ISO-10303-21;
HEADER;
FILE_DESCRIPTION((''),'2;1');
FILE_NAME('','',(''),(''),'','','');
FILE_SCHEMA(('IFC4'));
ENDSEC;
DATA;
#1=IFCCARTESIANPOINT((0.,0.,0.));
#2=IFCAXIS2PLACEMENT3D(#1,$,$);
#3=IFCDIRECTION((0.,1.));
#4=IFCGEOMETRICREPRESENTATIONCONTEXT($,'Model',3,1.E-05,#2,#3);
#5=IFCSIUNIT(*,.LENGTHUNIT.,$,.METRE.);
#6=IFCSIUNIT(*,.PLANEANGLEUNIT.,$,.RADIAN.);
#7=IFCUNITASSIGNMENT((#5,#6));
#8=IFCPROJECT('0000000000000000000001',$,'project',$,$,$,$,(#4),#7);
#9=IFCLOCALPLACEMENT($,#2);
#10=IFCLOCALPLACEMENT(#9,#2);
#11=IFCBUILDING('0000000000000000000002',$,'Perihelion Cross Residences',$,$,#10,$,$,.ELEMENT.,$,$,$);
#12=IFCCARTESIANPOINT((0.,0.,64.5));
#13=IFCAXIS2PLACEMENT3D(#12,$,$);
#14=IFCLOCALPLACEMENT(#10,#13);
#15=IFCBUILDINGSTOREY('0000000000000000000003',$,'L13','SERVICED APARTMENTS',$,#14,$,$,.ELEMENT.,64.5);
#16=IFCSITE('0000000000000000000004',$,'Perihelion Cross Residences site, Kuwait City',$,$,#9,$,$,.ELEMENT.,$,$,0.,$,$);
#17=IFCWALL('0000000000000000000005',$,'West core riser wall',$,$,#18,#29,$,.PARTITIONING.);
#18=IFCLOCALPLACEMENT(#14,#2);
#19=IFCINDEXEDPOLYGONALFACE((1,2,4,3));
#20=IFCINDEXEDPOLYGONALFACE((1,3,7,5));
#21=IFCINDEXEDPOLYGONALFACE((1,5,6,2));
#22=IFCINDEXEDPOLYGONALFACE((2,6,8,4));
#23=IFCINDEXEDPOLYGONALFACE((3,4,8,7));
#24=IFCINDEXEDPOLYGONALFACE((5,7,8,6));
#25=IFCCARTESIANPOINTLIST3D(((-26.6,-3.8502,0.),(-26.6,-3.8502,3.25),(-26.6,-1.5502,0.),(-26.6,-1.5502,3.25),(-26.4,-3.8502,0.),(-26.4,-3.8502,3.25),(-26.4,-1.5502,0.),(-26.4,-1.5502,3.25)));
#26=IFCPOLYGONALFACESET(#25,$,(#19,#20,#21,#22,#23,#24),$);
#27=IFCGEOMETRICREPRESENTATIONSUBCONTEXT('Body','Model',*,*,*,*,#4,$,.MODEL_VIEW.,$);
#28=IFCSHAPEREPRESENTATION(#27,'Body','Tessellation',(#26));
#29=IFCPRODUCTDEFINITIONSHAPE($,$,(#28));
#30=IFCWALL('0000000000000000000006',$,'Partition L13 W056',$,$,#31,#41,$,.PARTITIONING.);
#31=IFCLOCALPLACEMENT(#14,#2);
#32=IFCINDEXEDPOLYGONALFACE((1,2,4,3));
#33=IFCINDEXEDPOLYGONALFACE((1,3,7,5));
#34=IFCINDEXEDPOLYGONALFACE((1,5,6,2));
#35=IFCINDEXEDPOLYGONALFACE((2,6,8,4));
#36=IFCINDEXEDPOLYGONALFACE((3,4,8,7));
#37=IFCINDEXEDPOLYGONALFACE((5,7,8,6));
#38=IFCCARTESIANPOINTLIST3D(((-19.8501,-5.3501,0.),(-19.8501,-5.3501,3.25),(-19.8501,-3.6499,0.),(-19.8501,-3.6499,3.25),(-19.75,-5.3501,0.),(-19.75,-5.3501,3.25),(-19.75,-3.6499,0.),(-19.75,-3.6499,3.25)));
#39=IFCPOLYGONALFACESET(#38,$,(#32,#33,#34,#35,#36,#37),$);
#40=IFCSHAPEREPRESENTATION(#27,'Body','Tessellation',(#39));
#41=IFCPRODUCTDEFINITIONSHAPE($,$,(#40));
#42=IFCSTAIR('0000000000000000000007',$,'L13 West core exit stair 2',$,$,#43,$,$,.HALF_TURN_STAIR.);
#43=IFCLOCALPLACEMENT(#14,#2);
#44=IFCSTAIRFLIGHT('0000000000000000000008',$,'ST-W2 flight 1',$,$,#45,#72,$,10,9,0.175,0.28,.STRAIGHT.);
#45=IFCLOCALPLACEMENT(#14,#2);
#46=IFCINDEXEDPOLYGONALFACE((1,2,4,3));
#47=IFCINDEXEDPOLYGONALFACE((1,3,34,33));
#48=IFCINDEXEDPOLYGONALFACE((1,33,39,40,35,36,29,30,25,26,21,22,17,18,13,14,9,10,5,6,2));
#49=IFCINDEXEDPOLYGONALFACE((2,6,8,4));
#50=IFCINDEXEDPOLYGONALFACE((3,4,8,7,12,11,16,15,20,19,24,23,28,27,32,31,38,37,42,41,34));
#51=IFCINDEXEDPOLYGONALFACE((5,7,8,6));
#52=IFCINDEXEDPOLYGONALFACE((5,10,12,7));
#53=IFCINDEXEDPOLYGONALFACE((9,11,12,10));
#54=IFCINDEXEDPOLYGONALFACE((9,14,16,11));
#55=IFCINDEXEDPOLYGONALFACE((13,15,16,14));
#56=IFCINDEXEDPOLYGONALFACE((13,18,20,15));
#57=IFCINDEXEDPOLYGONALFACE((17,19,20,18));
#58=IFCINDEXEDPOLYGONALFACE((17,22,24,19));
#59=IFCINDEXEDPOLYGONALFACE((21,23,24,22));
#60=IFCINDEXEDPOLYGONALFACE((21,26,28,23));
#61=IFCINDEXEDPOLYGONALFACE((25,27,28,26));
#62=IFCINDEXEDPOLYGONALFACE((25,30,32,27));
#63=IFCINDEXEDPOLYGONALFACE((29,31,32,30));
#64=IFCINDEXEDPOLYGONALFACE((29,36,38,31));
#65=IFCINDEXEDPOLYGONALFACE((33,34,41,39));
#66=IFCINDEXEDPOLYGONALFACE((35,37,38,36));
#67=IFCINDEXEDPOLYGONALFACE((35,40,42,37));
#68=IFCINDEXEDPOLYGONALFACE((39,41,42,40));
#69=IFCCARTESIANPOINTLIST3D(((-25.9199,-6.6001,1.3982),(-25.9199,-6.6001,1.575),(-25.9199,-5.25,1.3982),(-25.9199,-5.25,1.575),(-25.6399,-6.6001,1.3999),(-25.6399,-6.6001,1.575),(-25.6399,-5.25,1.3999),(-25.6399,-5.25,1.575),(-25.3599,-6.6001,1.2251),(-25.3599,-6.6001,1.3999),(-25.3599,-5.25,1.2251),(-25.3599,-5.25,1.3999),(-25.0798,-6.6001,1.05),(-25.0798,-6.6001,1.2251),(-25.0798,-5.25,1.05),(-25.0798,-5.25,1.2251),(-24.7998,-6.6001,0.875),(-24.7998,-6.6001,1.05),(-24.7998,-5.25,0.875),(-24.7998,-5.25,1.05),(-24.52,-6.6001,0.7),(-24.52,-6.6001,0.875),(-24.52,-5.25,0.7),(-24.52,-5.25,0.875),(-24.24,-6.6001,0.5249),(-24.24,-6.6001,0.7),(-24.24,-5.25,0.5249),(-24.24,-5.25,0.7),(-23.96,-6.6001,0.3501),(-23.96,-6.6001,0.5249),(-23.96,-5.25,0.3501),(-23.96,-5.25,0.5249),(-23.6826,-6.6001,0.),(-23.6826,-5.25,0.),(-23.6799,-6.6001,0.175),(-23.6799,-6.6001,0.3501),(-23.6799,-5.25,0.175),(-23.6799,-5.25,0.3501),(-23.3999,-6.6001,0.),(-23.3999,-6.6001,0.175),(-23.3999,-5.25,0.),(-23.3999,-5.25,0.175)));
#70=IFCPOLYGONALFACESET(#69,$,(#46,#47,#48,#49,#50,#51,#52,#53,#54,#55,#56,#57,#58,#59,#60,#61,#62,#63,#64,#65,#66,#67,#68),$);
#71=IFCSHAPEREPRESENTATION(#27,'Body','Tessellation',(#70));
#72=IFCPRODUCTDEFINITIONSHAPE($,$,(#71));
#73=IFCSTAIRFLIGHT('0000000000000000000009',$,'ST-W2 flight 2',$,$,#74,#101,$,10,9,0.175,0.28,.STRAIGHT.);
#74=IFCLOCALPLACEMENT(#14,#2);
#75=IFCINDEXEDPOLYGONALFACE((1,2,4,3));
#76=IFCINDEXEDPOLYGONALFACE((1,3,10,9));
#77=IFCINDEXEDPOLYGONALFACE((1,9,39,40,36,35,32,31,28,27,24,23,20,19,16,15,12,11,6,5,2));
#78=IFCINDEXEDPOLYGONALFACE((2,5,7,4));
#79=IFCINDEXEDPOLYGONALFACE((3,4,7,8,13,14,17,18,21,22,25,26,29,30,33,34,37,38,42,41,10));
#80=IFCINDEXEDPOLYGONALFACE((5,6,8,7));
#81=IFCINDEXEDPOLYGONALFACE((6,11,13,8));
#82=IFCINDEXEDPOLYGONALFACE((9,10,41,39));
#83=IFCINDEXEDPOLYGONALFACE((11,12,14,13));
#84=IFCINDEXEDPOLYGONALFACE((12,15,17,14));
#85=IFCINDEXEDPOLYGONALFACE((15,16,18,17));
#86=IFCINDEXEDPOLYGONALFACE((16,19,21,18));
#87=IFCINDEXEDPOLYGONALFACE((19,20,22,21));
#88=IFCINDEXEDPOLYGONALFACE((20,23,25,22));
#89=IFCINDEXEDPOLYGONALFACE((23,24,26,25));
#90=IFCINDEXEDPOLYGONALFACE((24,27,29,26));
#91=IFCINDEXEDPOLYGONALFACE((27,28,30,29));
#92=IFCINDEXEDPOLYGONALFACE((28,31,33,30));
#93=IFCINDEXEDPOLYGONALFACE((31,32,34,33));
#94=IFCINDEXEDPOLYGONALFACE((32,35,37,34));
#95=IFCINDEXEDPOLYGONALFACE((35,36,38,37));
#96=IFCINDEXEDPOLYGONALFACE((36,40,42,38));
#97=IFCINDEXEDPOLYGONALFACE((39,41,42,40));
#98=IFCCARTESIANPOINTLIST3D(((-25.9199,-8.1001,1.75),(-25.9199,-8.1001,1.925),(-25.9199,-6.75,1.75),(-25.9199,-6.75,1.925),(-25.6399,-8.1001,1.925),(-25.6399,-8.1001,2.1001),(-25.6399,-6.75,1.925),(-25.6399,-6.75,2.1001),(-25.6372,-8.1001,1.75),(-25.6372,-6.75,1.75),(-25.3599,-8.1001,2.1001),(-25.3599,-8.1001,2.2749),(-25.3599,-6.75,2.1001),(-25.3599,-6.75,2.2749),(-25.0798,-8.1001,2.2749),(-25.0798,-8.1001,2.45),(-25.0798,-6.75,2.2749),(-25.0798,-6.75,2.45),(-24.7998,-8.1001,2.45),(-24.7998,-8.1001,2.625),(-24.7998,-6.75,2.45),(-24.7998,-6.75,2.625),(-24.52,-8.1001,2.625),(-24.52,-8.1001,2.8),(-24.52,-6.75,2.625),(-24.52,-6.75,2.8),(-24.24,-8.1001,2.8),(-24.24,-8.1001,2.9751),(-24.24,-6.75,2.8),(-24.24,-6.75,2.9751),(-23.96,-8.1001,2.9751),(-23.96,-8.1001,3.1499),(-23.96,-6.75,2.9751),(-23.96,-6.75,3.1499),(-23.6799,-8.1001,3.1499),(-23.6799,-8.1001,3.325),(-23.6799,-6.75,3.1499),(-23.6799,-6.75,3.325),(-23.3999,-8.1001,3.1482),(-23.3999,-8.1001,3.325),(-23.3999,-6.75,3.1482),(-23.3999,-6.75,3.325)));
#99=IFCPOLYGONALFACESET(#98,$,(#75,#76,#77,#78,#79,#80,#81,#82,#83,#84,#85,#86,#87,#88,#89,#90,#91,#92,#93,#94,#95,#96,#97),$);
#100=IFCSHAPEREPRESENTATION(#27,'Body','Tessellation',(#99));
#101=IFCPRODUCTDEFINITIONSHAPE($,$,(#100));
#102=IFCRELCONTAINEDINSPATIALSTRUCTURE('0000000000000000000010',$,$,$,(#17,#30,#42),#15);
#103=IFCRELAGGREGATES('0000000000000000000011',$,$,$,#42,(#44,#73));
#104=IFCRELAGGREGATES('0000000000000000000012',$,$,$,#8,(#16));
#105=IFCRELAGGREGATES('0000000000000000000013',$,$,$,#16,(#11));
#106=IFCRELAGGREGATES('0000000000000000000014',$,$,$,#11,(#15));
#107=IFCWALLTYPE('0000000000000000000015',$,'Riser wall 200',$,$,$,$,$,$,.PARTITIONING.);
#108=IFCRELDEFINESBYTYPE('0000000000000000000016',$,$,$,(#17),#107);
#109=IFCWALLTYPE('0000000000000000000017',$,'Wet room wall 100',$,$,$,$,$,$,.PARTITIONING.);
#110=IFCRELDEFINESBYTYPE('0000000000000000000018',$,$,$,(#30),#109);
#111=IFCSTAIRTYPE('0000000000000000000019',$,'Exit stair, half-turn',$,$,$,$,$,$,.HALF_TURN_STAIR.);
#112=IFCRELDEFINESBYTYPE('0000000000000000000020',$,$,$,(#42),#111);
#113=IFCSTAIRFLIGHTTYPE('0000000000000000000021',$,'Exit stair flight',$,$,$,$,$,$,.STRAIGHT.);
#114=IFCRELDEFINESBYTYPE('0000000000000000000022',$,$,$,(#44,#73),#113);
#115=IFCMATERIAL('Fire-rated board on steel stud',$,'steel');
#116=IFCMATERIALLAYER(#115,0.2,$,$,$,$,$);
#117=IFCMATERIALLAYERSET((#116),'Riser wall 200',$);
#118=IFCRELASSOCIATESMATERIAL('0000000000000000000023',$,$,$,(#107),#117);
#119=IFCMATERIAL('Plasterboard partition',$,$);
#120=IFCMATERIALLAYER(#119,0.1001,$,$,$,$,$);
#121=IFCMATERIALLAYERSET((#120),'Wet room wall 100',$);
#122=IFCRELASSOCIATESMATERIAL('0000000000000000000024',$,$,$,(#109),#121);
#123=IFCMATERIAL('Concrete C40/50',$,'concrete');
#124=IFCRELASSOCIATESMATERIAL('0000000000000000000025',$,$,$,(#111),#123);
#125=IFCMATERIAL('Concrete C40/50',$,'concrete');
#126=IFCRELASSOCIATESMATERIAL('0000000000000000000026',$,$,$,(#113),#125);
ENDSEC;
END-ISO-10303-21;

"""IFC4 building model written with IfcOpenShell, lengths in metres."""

from ifc_helpers import new_model, si_unit, direction, frame, frame_2d, origin, place, context, subcontext, project, spatial, polyline, rectangle, outline, extrude, material, layer, layer_set, type_object, element, aggregate, save


model = new_model("IFC4")

# Units and contexts
model_context = context("Model", 3, precision=1e-05, world=origin(), true_north=direction((0.0, 1.0)))
body_context = subcontext(model_context, "Body", "Model", "MODEL_VIEW")
ifc_project = project(units=[si_unit("LENGTHUNIT", "METRE"), si_unit("PLANEANGLEUNIT", "RADIAN")], contexts=[model_context])

# Site, building, storey
site_placement = place(None, origin())
site = spatial("IfcSite", under=ifc_project, at=site_placement, Name="Perihelion Cross Residences site, Kuwait City", CompositionType="ELEMENT", RefElevation=0.0)
building_placement = place(site_placement, origin())
building = spatial("IfcBuilding", under=site, at=building_placement, Name="Perihelion Cross Residences", CompositionType="ELEMENT")
storey_placement = place(building_placement, frame((0.0, 0.0, 64.5)))
storey = spatial("IfcBuildingStorey", under=building, at=storey_placement, Name="L13", Description="SERVICED APARTMENTS", CompositionType="ELEMENT", Elevation=64.5)

# Walls
ifc_material_1 = material(Name="Fire-rated board on steel stud", Category="steel")
ifc_layer_1 = layer(ifc_material_1, 0.2)
ifc_layer_set_1 = layer_set([ifc_layer_1], Name="Riser wall 200")
wall_type_1 = type_object("IfcWallType", Name="Riser wall 200", PredefinedType="PARTITIONING", material=ifc_layer_set_1)
wall_1_placement = place(storey_placement, frame((-26.5, -3.8501, 0.0), z_axis=(0.0, 0.0, 1.0), x_axis=(0.0, 1.0, 0.0)))
element("IfcWall", 1, at=wall_1_placement, inside=storey, type_object=wall_type_1, Name="West core riser wall", PredefinedType="PARTITIONING", context=body_context, shape_type="SweptSolid", body=[
    extrude(rectangle(XDim=2.3, YDim=0.2, at=frame_2d((1.1499, 0.0))), origin(), (0.0, 0.0, 1.0), 3.25),
])
ifc_material_2 = material(Name="Plasterboard partition")
ifc_layer_2 = layer(ifc_material_2, 0.1001)
ifc_layer_set_2 = layer_set([ifc_layer_2], Name="Wet room wall 100")
wall_type_2 = type_object("IfcWallType", Name="Wet room wall 100", PredefinedType="PARTITIONING", material=ifc_layer_set_2)
wall_2_placement = place(storey_placement, frame((-19.8, -5.3501, 0.0), z_axis=(0.0, 0.0, 1.0), x_axis=(0.0, 1.0, 0.0)))
element("IfcWall", 2, at=wall_2_placement, inside=storey, type_object=wall_type_2, Name="Partition L13 W056", PredefinedType="PARTITIONING", context=body_context, shape_type="SweptSolid", body=[
    extrude(rectangle(XDim=1.7002, YDim=0.1001, at=frame_2d((0.8501, 0.0))), origin(), (0.0, 0.0, 1.0), 3.25),
])

# Stair, stair flights
ifc_material_3 = material(Name="Concrete C40/50", Category="concrete")
stair_type = type_object("IfcStairType", Name="Exit stair, half-turn", PredefinedType="HALF_TURN_STAIR", material=ifc_material_3)
stair_placement = place(storey_placement, origin())
stair = element("IfcStair", 3, at=stair_placement, inside=storey, type_object=stair_type, Name="L13 West core exit stair 2", PredefinedType="HALF_TURN_STAIR")
ifc_material_4 = material(Name="Concrete C40/50", Category="concrete")
stair_flight_type = type_object("IfcStairFlightType", Name="Exit stair flight", PredefinedType="STRAIGHT", material=ifc_material_4)
stair_flight_1_placement = place(storey_placement, frame((-23.3999, -5.925, 0.0), z_axis=(0.0, 0.0, 1.0), x_axis=(-1.0, 0.0, 0.0)))
stair_flight_1 = element("IfcStairFlight", 4, at=stair_flight_1_placement, type_object=stair_flight_type, Name="ST-W2 flight 1", NumberOfRisers=10, NumberOfTreads=9, PredefinedType="STRAIGHT", RiserHeight=0.175, TreadLength=0.28, context=body_context, shape_type="SweptSolid", body=[
    extrude(outline(polyline([(0.0, 0.0), (0.0, 0.175), (0.28, 0.175), (0.28, 0.3501), (0.5601, 0.3501), (0.5601, 0.5249), (0.8401, 0.5249), (0.8401, 0.7), (1.1201, 0.7), (1.1201, 0.875), (1.3999, 0.875), (1.3999, 1.05), (1.6799, 1.05), (1.6799, 1.2251), (1.96, 1.2251), (1.96, 1.3999), (2.24, 1.3999), (2.24, 1.575), (2.52, 1.575), (2.52, 1.75), (2.52, 1.3982), (0.2827, 0.0), (0.0, 0.0)])), frame((0.0, 0.675, 0.0), z_axis=(0.0, -1.0, 0.0), x_axis=(1.0, 0.0, 0.0)), (0.0, 0.0, 1.0), 1.3501),
])
stair_flight_2_placement = place(storey_placement, frame((-25.9199, -7.425, 1.75), z_axis=(0.0, 0.0, 1.0), x_axis=(1.0, 0.0, 0.0)))
stair_flight_2 = element("IfcStairFlight", 5, at=stair_flight_2_placement, type_object=stair_flight_type, Name="ST-W2 flight 2", NumberOfRisers=10, NumberOfTreads=9, PredefinedType="STRAIGHT", RiserHeight=0.175, TreadLength=0.28, context=body_context, shape_type="SweptSolid", body=[
    extrude(outline(polyline([(0.0, 0.0), (0.0, 0.175), (0.28, 0.175), (0.28, 0.3501), (0.5601, 0.3501), (0.5601, 0.5249), (0.8401, 0.5249), (0.8401, 0.7), (1.1201, 0.7), (1.1201, 0.875), (1.3999, 0.875), (1.3999, 1.05), (1.6799, 1.05), (1.6799, 1.2251), (1.96, 1.2251), (1.96, 1.3999), (2.24, 1.3999), (2.24, 1.575), (2.52, 1.575), (2.52, 1.75), (2.52, 1.3982), (0.2827, 0.0), (0.0, 0.0)])), frame((0.0, 0.675, 0.0), z_axis=(0.0, -1.0, 0.0), x_axis=(1.0, 0.0, 0.0)), (0.0, 0.0, 1.0), 1.3501),
])
aggregate(stair, [stair_flight_1, stair_flight_2])

save(model, "model.ifc")
